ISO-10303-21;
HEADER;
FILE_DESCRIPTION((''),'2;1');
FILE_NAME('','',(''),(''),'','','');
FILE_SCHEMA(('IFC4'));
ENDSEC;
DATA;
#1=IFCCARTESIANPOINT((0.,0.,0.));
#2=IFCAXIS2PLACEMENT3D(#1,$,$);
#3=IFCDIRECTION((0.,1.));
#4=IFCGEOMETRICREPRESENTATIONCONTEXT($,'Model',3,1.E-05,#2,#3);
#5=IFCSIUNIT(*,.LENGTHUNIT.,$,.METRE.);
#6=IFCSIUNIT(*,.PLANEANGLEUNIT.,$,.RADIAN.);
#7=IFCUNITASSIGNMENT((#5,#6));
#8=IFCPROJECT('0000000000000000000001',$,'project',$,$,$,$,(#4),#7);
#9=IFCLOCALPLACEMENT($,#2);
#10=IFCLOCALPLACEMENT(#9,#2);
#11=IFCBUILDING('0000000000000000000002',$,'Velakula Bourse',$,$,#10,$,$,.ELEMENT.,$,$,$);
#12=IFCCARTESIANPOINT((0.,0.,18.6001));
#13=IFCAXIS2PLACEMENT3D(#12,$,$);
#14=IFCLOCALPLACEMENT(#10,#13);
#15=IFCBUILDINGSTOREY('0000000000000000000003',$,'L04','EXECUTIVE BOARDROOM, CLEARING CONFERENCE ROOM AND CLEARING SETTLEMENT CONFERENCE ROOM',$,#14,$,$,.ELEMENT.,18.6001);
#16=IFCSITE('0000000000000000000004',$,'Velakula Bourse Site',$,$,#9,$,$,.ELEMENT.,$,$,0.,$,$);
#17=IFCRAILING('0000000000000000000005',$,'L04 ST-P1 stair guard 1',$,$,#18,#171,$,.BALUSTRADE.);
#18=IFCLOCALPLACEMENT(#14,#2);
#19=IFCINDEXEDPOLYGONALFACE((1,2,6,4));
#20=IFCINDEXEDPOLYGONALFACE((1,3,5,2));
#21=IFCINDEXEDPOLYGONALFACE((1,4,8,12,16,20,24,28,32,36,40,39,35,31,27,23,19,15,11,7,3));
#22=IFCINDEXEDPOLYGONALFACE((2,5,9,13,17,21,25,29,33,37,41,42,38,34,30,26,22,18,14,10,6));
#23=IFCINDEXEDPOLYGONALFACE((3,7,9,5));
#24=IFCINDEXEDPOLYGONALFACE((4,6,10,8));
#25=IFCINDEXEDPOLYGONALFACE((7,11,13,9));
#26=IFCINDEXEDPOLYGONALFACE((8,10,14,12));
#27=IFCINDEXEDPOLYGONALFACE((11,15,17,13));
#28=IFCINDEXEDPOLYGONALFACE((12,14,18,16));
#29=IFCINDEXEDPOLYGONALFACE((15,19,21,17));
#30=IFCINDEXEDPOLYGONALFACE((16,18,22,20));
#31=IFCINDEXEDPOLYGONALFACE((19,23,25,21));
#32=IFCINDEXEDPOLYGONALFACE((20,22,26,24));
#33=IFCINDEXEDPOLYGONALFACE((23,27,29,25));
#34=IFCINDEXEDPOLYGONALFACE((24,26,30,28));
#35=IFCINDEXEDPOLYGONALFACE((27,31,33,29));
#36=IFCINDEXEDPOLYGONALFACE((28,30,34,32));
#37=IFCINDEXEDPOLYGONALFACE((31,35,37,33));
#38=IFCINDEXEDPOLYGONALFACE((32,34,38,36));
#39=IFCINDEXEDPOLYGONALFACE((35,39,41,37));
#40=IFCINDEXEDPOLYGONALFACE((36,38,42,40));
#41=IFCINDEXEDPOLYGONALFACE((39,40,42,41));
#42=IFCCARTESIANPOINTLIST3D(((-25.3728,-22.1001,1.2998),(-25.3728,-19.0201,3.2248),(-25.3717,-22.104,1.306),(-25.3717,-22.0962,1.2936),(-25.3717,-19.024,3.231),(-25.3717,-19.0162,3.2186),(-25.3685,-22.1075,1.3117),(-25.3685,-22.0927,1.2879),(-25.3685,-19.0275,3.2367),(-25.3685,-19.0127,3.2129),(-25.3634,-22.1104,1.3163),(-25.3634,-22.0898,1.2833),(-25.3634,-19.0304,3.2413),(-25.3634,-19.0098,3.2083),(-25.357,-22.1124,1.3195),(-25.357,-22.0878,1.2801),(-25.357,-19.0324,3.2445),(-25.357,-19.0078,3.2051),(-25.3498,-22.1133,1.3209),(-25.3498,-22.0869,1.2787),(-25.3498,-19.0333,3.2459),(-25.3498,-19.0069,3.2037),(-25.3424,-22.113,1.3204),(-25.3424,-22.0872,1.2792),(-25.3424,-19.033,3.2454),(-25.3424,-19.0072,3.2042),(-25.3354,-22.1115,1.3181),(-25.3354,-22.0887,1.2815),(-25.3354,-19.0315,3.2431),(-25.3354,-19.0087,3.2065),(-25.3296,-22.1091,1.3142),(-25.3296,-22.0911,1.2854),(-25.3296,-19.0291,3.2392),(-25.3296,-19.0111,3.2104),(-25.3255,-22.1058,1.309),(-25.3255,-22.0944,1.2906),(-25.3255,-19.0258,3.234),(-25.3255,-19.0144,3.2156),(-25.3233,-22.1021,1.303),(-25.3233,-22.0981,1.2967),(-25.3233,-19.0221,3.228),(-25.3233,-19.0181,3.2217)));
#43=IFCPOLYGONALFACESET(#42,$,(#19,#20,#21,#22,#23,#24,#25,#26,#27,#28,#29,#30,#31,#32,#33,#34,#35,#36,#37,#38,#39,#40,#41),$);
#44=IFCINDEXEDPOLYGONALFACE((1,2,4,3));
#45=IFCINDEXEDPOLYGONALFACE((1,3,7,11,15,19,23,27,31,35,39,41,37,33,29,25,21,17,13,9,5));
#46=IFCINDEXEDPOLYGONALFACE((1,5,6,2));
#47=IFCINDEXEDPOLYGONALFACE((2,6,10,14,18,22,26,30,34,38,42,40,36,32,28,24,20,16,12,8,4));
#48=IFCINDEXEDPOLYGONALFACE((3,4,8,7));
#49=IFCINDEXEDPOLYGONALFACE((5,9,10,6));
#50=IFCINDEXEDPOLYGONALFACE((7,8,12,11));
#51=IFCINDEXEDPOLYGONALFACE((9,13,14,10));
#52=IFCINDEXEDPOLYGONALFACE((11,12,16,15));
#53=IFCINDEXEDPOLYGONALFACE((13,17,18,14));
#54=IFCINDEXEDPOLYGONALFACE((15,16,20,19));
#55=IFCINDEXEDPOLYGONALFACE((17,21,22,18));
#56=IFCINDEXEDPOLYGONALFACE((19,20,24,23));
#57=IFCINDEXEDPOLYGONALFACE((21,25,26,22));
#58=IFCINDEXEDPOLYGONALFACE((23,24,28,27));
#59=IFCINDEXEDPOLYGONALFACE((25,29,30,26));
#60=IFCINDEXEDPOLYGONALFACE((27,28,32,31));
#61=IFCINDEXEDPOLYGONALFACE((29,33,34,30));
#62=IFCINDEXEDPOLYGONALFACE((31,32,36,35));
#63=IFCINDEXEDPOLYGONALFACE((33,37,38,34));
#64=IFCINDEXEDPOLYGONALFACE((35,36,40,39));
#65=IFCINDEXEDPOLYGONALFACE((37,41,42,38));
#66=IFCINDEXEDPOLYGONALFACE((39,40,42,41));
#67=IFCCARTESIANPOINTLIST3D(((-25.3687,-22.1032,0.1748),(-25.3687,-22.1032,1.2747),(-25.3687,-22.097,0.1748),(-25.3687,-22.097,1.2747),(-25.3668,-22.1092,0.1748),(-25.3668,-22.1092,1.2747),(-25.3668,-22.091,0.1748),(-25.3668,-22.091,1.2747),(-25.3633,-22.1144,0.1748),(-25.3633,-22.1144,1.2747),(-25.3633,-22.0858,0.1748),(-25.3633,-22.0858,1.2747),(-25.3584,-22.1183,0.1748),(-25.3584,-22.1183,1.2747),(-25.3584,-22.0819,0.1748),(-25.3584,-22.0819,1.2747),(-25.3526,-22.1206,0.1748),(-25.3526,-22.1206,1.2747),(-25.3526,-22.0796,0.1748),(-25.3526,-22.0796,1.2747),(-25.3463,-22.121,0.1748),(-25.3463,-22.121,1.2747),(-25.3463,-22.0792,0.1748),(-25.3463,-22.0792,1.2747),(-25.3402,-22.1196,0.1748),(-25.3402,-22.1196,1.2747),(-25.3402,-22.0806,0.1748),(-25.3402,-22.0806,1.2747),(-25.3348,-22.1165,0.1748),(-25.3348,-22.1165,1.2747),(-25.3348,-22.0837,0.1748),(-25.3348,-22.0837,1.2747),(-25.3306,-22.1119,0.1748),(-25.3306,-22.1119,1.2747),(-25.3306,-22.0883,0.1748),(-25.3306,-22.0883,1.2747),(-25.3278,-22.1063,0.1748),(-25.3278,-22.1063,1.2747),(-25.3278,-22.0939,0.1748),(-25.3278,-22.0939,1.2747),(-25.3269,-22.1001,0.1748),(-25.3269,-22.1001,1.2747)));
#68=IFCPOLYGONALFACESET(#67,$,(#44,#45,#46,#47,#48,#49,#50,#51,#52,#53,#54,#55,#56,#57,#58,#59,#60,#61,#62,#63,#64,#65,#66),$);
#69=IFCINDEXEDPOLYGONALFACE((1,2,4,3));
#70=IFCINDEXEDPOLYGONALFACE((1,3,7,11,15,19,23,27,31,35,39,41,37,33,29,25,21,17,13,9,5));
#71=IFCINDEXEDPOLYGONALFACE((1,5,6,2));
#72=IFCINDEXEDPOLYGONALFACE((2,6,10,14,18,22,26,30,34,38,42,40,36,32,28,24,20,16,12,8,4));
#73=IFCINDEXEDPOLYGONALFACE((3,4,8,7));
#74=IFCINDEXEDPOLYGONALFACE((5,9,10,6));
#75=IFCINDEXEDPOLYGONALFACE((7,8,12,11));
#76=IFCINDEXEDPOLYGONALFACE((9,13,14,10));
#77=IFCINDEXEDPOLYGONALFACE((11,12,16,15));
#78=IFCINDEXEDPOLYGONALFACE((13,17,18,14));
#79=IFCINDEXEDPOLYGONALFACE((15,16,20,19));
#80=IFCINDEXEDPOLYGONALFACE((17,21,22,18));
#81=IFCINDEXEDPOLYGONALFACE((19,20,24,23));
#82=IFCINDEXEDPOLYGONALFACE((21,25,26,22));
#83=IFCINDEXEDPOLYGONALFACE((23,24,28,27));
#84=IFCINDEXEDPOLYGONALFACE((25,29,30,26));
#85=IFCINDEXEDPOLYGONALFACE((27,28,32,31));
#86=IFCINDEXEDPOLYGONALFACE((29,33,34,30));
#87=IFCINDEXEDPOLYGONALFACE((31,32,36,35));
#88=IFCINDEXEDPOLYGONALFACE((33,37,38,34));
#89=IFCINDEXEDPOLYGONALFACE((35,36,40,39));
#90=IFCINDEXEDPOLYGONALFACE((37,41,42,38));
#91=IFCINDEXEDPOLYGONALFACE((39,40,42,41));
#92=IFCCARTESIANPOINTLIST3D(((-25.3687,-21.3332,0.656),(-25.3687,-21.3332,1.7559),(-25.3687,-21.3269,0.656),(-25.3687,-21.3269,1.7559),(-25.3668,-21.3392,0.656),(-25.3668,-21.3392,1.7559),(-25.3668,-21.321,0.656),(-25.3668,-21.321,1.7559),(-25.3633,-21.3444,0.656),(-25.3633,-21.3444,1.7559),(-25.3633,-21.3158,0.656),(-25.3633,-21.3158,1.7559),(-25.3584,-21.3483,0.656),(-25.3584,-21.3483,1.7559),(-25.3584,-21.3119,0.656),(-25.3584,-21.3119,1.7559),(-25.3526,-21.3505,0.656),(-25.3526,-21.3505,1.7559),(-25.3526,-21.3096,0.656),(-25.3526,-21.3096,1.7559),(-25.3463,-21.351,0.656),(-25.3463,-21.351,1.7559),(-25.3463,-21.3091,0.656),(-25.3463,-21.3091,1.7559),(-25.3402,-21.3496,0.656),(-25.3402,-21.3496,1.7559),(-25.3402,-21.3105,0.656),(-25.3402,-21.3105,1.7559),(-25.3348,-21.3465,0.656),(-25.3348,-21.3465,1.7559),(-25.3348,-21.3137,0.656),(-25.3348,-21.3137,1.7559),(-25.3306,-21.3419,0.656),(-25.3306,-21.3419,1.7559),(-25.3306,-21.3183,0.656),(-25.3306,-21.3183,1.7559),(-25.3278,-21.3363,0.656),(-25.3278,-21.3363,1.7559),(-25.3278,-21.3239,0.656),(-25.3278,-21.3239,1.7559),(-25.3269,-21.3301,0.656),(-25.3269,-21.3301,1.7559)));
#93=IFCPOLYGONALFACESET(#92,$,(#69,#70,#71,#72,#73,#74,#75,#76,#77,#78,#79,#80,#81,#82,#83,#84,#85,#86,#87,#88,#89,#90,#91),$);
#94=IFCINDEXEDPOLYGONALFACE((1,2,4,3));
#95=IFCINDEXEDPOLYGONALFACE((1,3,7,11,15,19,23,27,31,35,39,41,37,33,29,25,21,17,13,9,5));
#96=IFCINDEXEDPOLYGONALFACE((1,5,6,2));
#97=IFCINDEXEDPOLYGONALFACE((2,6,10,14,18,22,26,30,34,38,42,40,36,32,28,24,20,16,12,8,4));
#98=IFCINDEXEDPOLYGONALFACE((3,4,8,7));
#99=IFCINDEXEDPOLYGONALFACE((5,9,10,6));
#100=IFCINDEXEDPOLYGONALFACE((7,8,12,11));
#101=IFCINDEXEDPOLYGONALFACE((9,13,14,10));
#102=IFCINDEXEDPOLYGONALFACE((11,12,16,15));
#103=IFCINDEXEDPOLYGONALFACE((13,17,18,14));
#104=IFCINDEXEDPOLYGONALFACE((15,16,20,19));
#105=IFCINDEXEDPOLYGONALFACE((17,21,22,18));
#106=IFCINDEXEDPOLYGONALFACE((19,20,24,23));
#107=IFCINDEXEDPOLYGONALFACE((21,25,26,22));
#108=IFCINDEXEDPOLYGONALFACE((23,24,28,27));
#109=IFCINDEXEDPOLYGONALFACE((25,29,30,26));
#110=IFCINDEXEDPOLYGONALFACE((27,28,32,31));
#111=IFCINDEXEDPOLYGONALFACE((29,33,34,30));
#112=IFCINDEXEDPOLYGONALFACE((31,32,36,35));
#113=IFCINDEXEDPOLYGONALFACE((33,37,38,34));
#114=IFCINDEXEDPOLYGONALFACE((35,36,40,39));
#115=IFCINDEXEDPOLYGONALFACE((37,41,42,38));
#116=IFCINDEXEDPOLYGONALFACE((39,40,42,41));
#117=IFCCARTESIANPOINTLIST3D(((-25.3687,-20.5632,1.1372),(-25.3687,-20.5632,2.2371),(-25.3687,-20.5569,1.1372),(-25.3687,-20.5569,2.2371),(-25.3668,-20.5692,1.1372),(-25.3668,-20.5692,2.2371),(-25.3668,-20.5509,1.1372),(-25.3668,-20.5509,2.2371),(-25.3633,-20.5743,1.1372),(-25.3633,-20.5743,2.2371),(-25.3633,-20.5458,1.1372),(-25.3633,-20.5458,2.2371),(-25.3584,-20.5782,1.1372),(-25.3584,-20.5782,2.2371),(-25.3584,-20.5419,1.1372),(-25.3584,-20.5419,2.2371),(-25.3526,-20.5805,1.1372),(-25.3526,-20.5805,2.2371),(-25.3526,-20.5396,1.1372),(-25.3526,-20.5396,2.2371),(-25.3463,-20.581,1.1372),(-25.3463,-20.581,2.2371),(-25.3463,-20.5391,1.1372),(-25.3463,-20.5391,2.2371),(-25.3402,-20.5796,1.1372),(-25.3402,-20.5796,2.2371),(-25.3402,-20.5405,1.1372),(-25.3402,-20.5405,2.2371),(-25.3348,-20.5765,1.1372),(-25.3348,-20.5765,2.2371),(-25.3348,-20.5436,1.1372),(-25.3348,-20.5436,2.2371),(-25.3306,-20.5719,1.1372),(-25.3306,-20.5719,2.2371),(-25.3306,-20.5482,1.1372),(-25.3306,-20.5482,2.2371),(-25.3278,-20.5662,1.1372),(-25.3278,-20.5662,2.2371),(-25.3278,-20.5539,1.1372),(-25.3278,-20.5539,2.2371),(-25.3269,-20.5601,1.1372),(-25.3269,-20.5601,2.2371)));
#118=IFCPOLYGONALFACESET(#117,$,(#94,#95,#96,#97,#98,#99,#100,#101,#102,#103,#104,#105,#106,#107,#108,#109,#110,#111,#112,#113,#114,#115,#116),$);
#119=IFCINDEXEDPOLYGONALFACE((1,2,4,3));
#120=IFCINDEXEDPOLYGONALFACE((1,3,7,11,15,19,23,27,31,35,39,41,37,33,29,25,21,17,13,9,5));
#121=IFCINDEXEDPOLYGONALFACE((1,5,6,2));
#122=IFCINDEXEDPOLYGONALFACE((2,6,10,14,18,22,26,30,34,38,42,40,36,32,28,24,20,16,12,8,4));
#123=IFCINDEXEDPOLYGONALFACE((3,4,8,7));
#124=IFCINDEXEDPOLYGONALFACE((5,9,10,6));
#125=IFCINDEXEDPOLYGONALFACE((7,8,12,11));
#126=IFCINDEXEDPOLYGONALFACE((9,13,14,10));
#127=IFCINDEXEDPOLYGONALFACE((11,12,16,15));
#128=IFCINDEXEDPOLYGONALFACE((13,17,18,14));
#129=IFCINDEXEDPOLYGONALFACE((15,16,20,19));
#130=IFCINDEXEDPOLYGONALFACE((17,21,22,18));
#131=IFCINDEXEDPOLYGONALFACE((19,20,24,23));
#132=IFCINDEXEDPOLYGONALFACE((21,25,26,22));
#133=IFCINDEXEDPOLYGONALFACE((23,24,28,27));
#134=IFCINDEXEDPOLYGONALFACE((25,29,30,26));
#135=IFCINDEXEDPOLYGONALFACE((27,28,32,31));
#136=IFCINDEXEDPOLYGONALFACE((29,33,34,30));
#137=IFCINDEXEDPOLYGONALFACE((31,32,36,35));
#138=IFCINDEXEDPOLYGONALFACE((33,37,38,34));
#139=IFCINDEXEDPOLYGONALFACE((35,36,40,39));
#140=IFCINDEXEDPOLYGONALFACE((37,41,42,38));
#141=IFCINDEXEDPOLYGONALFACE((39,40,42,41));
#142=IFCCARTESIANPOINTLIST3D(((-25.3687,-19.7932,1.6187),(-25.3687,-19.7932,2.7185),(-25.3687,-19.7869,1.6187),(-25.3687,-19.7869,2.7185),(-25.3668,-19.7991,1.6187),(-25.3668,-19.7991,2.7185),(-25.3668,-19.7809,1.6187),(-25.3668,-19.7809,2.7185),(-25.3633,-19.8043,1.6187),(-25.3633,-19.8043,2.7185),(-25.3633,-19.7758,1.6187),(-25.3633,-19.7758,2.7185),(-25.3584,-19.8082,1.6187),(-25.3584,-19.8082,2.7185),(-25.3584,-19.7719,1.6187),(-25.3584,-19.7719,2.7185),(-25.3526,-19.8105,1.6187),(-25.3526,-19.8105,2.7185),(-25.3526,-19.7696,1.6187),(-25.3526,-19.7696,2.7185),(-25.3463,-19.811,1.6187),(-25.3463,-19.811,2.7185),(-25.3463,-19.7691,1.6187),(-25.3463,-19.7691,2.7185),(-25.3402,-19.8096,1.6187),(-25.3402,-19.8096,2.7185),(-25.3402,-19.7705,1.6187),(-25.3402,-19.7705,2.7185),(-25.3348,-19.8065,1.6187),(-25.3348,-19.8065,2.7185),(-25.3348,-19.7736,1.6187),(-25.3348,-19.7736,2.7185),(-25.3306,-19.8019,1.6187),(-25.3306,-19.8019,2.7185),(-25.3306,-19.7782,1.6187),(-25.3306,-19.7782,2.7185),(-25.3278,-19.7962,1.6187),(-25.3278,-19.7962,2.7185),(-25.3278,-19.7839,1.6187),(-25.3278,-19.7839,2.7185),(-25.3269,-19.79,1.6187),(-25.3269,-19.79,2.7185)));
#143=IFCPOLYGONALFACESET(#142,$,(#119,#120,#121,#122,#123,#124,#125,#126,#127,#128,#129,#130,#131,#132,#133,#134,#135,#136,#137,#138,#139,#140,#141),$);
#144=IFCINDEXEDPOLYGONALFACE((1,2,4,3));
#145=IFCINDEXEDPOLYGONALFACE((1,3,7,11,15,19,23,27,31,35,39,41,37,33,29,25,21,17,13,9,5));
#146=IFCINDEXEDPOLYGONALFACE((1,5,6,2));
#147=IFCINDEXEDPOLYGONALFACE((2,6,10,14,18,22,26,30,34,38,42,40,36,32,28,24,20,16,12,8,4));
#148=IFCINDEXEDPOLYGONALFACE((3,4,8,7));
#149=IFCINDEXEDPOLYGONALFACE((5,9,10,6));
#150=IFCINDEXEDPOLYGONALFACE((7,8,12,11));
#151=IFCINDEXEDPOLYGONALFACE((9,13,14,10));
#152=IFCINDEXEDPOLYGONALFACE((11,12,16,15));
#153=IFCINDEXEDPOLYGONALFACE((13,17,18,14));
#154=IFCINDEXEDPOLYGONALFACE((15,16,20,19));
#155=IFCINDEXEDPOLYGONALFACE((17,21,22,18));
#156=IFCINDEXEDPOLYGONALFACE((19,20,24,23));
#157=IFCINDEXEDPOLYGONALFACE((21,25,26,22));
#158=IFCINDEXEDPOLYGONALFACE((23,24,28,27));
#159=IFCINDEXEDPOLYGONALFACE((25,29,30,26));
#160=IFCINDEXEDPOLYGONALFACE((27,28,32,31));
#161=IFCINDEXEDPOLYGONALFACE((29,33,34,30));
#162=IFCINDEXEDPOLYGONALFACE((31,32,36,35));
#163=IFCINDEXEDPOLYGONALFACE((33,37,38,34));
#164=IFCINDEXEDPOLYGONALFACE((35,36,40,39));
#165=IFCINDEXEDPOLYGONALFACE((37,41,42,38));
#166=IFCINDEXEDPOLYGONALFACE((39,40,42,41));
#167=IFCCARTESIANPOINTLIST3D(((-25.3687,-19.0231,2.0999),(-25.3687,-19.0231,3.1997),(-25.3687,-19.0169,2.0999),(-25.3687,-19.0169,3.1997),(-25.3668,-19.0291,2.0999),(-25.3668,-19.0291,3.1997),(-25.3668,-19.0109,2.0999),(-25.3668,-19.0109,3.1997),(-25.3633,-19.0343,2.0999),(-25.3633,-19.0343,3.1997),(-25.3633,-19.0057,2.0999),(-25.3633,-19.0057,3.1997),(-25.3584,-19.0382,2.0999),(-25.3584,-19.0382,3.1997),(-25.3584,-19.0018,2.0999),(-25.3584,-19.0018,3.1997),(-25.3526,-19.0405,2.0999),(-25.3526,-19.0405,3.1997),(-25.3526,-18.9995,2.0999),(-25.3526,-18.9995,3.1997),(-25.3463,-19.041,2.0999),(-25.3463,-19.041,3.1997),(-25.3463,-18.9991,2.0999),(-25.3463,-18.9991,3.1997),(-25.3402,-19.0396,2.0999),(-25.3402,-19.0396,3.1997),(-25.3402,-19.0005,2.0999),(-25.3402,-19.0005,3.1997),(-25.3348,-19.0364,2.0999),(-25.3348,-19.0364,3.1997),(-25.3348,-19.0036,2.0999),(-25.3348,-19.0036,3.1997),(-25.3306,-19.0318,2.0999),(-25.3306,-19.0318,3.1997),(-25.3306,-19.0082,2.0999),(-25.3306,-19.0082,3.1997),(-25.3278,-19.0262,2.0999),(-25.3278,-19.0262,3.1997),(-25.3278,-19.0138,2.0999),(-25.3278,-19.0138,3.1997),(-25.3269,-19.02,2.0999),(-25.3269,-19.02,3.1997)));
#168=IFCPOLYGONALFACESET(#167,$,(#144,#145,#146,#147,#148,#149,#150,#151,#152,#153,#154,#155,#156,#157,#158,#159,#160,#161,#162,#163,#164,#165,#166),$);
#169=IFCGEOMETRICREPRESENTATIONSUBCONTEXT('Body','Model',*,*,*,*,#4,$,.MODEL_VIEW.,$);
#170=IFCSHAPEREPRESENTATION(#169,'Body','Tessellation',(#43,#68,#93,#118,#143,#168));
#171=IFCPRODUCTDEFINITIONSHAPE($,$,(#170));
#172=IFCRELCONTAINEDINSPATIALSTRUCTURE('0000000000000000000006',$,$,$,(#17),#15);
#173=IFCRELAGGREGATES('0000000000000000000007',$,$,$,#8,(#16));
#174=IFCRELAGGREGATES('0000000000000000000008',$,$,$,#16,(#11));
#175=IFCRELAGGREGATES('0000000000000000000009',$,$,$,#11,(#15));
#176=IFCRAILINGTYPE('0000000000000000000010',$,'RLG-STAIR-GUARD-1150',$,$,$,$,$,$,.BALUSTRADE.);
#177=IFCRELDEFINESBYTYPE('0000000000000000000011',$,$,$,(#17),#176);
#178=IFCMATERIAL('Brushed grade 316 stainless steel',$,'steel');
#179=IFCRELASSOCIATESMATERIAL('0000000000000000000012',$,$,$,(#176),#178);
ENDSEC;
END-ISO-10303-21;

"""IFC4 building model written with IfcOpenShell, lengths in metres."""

from ifc_helpers import new_model, si_unit, direction, frame, origin, origin_2d, place, context, subcontext, project, spatial, circle, extrude, material, type_object, element, save


model = new_model("IFC4")

# Units and contexts
model_context = context("Model", 3, precision=1e-05, world=origin(), true_north=direction((0.0, 1.0)))
body_context = subcontext(model_context, "Body", "Model", "MODEL_VIEW")
ifc_project = project(units=[si_unit("LENGTHUNIT", "METRE"), si_unit("PLANEANGLEUNIT", "RADIAN")], contexts=[model_context])

# Site, building, storey
site_placement = place(None, origin())
site = spatial("IfcSite", under=ifc_project, at=site_placement, Name="Velakula Bourse Site", CompositionType="ELEMENT", RefElevation=0.0)
building_placement = place(site_placement, origin())
building = spatial("IfcBuilding", under=site, at=building_placement, Name="Velakula Bourse", CompositionType="ELEMENT")
storey_placement = place(building_placement, frame((0.0, 0.0, 18.6001)))
storey = spatial("IfcBuildingStorey", under=building, at=storey_placement, Name="L04", Description="EXECUTIVE BOARDROOM, CLEARING CONFERENCE ROOM AND CLEARING SETTLEMENT CONFERENCE ROOM", CompositionType="ELEMENT", Elevation=18.6001)

# Railing
ifc_material_1 = material(Name="Brushed grade 316 stainless steel", Category="steel")
railing_type_1 = type_object("IfcRailingType", Name="RLG-STAIR-GUARD-1150", PredefinedType="BALUSTRADE", material=ifc_material_1)
railing_1_placement = place(storey_placement, frame((-25.3479, -22.1001, 0.1748)))
element("IfcRailing", 1, at=railing_1_placement, inside=storey, type_object=railing_type_1, Name="L04 ST-P1 stair guard 1", PredefinedType="BALUSTRADE", context=body_context, shape_type="SweptSolid", body=[
    extrude(circle(Radius=0.0249, at=origin_2d()), frame((0.0, 0.0, 1.125), z_axis=(0.0, 0.847998, 0.529999), x_axis=(-1.0, 0.0, 0.0)), (0.0, 0.0, 1.0), 3.6321),
    extrude(circle(Radius=0.021, at=origin_2d()), origin(), (0.0, 0.0, 1.0), 1.0999),
    extrude(circle(Radius=0.021, at=origin_2d()), frame((0.0, 0.77, 0.4812)), (0.0, 0.0, 1.0), 1.0999),
    extrude(circle(Radius=0.021, at=origin_2d()), frame((0.0, 1.54, 0.9624)), (0.0, 0.0, 1.0), 1.0999),
    extrude(circle(Radius=0.021, at=origin_2d()), frame((0.0, 2.3101, 1.4438)), (0.0, 0.0, 1.0), 1.0999),
    extrude(circle(Radius=0.021, at=origin_2d()), frame((0.0, 3.0801, 1.925)), (0.0, 0.0, 1.0), 1.0999),
])

save(model, "model.ifc")
